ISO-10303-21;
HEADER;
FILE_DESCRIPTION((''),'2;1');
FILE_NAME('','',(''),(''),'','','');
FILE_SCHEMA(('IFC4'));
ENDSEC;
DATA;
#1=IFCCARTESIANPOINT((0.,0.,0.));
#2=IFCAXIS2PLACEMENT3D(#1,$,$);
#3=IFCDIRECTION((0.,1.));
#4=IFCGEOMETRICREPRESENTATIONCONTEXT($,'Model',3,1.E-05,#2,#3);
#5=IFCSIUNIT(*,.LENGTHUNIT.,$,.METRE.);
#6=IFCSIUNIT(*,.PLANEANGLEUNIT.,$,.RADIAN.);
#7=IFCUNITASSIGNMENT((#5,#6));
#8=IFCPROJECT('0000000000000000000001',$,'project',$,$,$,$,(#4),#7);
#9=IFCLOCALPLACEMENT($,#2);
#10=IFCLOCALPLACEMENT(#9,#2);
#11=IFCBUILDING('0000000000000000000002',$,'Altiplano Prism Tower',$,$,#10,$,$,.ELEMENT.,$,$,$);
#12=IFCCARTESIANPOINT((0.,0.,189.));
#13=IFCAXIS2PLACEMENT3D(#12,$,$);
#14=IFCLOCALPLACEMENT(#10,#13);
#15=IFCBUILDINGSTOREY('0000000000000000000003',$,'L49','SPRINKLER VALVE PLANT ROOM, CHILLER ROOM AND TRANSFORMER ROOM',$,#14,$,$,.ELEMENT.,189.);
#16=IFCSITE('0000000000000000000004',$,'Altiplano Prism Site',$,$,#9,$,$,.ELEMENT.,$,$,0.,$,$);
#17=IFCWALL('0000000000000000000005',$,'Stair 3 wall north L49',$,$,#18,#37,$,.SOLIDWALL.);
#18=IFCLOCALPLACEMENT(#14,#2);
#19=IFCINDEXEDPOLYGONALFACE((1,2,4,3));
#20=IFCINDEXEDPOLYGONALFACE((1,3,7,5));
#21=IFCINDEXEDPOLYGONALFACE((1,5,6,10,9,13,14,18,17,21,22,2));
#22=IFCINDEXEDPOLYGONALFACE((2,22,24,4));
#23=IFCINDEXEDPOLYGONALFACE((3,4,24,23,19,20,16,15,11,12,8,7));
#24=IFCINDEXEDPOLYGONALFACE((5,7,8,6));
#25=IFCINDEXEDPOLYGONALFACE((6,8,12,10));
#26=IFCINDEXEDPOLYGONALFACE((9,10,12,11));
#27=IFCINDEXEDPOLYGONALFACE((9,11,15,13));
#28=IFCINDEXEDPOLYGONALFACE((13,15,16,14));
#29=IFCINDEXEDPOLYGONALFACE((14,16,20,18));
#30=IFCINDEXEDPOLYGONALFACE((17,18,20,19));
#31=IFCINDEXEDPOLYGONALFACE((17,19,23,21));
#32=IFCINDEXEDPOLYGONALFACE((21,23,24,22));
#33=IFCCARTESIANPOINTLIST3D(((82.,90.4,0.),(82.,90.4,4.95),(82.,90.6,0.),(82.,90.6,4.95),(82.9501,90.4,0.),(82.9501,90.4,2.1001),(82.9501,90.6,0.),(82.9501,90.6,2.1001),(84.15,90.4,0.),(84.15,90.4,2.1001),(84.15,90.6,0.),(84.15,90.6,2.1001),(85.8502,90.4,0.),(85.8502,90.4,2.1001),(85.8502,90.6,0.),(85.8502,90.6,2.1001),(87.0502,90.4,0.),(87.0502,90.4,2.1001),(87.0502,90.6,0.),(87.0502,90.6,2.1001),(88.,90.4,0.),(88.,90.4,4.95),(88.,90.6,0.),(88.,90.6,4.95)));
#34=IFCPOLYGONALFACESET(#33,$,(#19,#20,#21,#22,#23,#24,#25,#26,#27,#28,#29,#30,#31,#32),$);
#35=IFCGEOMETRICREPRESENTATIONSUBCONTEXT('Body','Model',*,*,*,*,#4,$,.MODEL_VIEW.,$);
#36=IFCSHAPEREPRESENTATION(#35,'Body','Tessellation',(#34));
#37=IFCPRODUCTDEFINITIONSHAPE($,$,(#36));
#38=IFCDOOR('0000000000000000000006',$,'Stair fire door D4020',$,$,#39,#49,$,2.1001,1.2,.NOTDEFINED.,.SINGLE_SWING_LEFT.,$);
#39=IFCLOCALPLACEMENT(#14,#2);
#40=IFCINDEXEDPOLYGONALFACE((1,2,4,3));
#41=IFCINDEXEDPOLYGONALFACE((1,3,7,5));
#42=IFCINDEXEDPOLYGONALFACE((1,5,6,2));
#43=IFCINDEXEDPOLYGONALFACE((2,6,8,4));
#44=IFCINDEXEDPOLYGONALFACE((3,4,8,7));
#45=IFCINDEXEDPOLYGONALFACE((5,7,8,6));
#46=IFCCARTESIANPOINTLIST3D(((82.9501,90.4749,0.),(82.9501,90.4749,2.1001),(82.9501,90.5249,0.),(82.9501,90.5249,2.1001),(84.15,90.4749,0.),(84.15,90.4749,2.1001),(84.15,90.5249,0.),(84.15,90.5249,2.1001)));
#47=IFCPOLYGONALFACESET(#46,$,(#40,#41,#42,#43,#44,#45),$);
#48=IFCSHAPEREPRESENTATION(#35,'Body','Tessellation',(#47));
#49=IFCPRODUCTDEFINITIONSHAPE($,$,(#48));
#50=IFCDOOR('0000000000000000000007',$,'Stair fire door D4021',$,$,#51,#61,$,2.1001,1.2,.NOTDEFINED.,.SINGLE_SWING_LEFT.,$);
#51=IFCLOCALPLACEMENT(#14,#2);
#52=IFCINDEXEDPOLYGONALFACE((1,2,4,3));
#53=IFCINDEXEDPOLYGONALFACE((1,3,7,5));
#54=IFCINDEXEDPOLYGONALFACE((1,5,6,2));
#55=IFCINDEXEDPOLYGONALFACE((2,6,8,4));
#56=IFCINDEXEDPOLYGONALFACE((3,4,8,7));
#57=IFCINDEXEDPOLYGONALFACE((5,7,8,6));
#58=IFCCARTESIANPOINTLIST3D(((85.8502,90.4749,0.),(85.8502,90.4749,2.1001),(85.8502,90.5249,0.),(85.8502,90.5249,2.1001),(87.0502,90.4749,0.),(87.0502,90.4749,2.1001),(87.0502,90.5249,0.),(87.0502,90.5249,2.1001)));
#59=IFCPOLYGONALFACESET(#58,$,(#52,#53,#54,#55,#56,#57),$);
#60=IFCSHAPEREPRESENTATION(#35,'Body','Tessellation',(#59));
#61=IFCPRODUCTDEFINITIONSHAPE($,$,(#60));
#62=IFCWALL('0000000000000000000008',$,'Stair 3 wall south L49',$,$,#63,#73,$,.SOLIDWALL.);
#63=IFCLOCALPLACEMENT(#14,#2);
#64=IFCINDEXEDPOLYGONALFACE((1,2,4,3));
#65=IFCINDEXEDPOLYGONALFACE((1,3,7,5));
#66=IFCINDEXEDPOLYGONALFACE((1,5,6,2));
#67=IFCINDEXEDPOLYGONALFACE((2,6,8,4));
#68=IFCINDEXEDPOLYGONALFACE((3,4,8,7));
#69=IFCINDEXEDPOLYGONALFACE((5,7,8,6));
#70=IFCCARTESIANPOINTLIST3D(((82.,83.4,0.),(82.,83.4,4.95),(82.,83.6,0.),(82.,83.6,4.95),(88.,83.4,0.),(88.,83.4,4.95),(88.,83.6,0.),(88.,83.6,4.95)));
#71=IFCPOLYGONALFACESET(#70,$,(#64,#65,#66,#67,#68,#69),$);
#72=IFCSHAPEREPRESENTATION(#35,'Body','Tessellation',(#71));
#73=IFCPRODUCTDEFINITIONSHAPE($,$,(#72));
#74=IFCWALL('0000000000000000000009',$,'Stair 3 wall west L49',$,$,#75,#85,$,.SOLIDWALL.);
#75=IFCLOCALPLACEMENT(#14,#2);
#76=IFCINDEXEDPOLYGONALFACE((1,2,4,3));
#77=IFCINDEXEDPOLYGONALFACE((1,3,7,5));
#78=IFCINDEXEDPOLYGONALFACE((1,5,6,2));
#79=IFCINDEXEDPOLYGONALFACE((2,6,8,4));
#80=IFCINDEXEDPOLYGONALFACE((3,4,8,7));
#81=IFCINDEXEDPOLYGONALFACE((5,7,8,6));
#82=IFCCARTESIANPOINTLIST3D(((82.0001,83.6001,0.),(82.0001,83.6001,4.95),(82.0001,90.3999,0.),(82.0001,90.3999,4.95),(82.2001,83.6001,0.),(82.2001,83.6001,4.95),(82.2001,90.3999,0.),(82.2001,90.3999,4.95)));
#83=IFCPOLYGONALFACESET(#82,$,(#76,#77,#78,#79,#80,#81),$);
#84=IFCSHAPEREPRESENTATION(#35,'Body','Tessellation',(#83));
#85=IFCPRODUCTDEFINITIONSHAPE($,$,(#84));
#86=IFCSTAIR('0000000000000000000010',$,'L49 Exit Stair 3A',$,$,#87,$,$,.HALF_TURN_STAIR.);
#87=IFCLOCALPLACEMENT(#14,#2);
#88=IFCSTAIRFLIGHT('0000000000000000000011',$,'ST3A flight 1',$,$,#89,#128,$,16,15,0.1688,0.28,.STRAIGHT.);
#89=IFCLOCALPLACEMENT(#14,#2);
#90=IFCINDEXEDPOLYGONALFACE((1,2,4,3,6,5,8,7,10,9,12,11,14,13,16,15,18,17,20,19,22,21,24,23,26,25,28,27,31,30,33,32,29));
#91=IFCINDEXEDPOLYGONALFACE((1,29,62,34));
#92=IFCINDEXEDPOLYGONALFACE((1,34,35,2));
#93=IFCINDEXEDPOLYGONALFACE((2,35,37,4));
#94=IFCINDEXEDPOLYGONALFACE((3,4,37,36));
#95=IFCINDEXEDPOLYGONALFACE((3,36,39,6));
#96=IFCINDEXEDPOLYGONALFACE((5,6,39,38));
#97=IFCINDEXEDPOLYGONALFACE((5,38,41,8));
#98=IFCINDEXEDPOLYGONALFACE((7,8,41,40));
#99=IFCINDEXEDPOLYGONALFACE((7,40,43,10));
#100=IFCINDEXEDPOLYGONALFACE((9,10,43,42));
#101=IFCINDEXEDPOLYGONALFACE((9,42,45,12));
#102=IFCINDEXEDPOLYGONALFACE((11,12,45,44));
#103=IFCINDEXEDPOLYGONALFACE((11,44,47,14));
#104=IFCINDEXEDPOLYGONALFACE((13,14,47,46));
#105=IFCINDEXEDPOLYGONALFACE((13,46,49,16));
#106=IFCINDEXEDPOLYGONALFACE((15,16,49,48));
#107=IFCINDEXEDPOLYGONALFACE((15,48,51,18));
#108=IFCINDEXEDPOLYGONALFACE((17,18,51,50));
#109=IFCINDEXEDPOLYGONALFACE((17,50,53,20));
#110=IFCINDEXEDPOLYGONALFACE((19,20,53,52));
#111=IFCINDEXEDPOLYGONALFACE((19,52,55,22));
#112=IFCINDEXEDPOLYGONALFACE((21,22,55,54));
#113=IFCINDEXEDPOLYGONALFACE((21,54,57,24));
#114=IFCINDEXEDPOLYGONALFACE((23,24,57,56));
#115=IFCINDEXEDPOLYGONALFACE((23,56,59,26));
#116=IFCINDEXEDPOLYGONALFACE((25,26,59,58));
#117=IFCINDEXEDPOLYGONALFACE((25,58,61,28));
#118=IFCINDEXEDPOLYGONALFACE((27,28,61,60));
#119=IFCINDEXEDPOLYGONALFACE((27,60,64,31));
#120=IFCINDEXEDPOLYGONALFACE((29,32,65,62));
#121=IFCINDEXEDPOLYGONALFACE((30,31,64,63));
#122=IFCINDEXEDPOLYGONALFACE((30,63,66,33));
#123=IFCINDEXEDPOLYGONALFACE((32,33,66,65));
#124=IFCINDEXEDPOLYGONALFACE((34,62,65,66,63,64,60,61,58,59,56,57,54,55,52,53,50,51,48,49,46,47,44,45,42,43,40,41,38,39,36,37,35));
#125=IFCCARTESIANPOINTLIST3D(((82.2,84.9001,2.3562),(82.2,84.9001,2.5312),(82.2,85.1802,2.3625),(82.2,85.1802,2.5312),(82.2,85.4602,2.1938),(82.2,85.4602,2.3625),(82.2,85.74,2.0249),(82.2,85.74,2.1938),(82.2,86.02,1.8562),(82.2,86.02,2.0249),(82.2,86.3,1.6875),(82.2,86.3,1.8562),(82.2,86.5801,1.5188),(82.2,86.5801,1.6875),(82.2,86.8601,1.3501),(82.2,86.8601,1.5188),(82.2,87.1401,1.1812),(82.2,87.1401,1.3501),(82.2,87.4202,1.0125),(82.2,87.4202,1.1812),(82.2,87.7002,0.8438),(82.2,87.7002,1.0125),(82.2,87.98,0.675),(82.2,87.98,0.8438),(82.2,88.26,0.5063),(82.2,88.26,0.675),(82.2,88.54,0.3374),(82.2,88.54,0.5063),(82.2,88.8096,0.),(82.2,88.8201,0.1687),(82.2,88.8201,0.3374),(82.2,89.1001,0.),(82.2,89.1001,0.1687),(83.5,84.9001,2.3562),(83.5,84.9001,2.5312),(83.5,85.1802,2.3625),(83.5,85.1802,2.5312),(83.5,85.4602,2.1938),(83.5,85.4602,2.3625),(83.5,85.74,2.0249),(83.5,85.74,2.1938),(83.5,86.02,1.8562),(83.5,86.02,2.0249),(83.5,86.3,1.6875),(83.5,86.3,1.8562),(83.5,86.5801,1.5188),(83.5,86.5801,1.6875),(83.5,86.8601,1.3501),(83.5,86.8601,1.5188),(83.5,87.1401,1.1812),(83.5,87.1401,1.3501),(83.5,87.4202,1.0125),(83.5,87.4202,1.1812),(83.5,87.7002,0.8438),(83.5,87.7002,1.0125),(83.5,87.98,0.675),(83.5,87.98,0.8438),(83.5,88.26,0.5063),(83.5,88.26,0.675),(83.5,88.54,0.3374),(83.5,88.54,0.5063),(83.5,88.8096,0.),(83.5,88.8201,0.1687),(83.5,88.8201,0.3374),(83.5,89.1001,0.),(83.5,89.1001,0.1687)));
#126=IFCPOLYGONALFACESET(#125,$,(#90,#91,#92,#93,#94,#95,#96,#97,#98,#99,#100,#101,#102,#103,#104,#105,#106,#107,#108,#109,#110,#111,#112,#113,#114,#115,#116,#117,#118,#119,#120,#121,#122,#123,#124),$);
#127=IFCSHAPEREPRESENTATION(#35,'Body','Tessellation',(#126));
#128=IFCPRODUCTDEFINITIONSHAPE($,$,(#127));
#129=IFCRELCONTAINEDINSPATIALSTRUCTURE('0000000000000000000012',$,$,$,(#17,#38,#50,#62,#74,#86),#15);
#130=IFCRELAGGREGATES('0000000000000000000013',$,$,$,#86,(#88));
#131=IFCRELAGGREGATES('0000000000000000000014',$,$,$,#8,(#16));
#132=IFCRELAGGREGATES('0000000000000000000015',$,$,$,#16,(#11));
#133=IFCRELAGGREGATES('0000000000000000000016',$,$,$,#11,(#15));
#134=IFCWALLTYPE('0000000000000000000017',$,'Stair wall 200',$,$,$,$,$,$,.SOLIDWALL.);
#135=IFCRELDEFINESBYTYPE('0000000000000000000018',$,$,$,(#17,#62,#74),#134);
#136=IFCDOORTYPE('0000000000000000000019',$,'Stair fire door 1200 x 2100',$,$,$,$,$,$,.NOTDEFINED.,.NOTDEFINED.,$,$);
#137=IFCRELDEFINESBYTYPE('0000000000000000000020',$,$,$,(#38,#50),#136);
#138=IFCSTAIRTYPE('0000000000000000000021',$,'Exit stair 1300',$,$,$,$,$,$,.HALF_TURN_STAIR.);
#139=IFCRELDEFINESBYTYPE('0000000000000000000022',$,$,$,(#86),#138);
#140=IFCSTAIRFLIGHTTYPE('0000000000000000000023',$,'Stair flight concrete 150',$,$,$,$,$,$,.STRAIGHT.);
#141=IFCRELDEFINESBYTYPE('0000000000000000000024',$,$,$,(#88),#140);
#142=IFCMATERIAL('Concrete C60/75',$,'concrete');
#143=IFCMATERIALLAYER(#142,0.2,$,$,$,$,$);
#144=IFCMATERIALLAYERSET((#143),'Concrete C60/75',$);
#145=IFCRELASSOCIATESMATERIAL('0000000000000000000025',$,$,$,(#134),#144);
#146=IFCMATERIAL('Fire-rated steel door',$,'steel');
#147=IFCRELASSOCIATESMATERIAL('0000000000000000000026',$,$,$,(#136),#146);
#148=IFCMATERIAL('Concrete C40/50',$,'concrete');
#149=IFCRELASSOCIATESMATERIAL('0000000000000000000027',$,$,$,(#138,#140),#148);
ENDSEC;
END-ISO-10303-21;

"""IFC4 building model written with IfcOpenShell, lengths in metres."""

from ifc_helpers import new_model, si_unit, direction, frame, frame_2d, origin, place, context, subcontext, project, spatial, polyline, rectangle, outline, extrude, material, layer, layer_set, type_object, element, fill, aggregate, save


model = new_model("IFC4")

# Units and contexts
model_context = context("Model", 3, precision=1e-05, world=origin(), true_north=direction((0.0, 1.0)))
body_context = subcontext(model_context, "Body", "Model", "MODEL_VIEW")
ifc_project = project(units=[si_unit("LENGTHUNIT", "METRE"), si_unit("PLANEANGLEUNIT", "RADIAN")], contexts=[model_context])

# Site, building, storey
site_placement = place(None, origin())
site = spatial("IfcSite", under=ifc_project, at=site_placement, Name="Altiplano Prism Site", CompositionType="ELEMENT", RefElevation=0.0)
building_placement = place(site_placement, origin())
building = spatial("IfcBuilding", under=site, at=building_placement, Name="Altiplano Prism Tower", CompositionType="ELEMENT")
storey_placement = place(building_placement, frame((0.0, 0.0, 189.0)))
storey = spatial("IfcBuildingStorey", under=building, at=storey_placement, Name="L49", Description="SPRINKLER VALVE PLANT ROOM, CHILLER ROOM AND TRANSFORMER ROOM", CompositionType="ELEMENT", Elevation=189.0)

# Shared definitions
ifc_material_1 = material(Name="Concrete C60/75", Category="concrete")

# Wall, openings, doors
ifc_layer_1 = layer(ifc_material_1, 0.2)
ifc_layer_set_1 = layer_set([ifc_layer_1], Name="Concrete C60/75")
wall_type_1 = type_object("IfcWallType", Name="Stair wall 200", PredefinedType="SOLIDWALL", material=ifc_layer_set_1)
wall_1_placement = place(storey_placement, frame((82.0, 90.5, 0.0), z_axis=(0.0, 0.0, 1.0), x_axis=(1.0, 0.0, 0.0)))
wall_1 = element("IfcWall", 1, at=wall_1_placement, inside=storey, type_object=wall_type_1, Name="Stair 3 wall north L49", PredefinedType="SOLIDWALL", context=body_context, shape_type="SweptSolid", body=[
    extrude(rectangle(XDim=6.0, YDim=0.2, at=frame_2d((3.0, 0.0))), origin(), (0.0, 0.0, 1.0), 4.95),
])
opening_1_placement = place(wall_1_placement, frame((0.95, 0.0, 0.0)))
opening_1 = element("IfcOpeningElement", 2, at=opening_1_placement, cuts=wall_1, PredefinedType="OPENING", context=body_context, shape_type="SweptSolid", body=[
    extrude(rectangle(XDim=1.2, YDim=2.1001, at=frame_2d((0.6001, 1.05))), frame((0.0, 0.1104, 0.0), z_axis=(0.0, -1.0, 0.0), x_axis=(1.0, 0.0, 0.0)), (0.0, 0.0, 1.0), 0.2209),
])
opening_2_placement = place(wall_1_placement, frame((3.8501, 0.0, 0.0)))
opening_2 = element("IfcOpeningElement", 3, at=opening_2_placement, cuts=wall_1, PredefinedType="OPENING", context=body_context, shape_type="SweptSolid", body=[
    extrude(rectangle(XDim=1.2, YDim=2.1001, at=frame_2d((0.6001, 1.05))), frame((0.0, 0.1104, 0.0), z_axis=(0.0, -1.0, 0.0), x_axis=(1.0, 0.0, 0.0)), (0.0, 0.0, 1.0), 0.2209),
])
ifc_material_2 = material(Name="Fire-rated steel door", Category="steel")
door_type = type_object("IfcDoorType", Name="Stair fire door 1200 x 2100", OperationType="NOTDEFINED", PredefinedType="NOTDEFINED", material=ifc_material_2)
door_1_placement = place(opening_1_placement, origin())
door_1 = element("IfcDoor", 4, at=door_1_placement, inside=storey, type_object=door_type, Name="Stair fire door D4020", OperationType="SINGLE_SWING_LEFT", OverallHeight=2.1001, OverallWidth=1.2, PredefinedType="NOTDEFINED", context=body_context, shape_type="SweptSolid", body=[
    extrude(rectangle(XDim=1.2, YDim=2.1001, at=frame_2d((0.6001, 1.05))), frame((0.0, 0.0249, 0.0), z_axis=(0.0, -1.0, 0.0), x_axis=(1.0, 0.0, 0.0)), (0.0, 0.0, 1.0), 0.05),
])
fill(opening_1, door_1)
door_2_placement = place(opening_2_placement, origin())
door_2 = element("IfcDoor", 5, at=door_2_placement, inside=storey, type_object=door_type, Name="Stair fire door D4021", OperationType="SINGLE_SWING_LEFT", OverallHeight=2.1001, OverallWidth=1.2, PredefinedType="NOTDEFINED", context=body_context, shape_type="SweptSolid", body=[
    extrude(rectangle(XDim=1.2, YDim=2.1001, at=frame_2d((0.6001, 1.05))), frame((0.0, 0.0249, 0.0), z_axis=(0.0, -1.0, 0.0), x_axis=(1.0, 0.0, 0.0)), (0.0, 0.0, 1.0), 0.05),
])
fill(opening_2, door_2)

# Walls
wall_2_placement = place(storey_placement, frame((82.0, 83.5, 0.0), z_axis=(0.0, 0.0, 1.0), x_axis=(1.0, 0.0, 0.0)))
element("IfcWall", 6, at=wall_2_placement, inside=storey, type_object=wall_type_1, Name="Stair 3 wall south L49", PredefinedType="SOLIDWALL", context=body_context, shape_type="SweptSolid", body=[
    extrude(rectangle(XDim=6.0, YDim=0.2, at=frame_2d((3.0, 0.0))), origin(), (0.0, 0.0, 1.0), 4.95),
])
wall_3_placement = place(storey_placement, frame((82.1001, 83.6001, 0.0), z_axis=(0.0, 0.0, 1.0), x_axis=(0.0, 1.0, 0.0)))
element("IfcWall", 7, at=wall_3_placement, inside=storey, type_object=wall_type_1, Name="Stair 3 wall west L49", PredefinedType="SOLIDWALL", context=body_context, shape_type="SweptSolid", body=[
    extrude(rectangle(XDim=6.7998, YDim=0.2, at=frame_2d((3.3999, 0.0))), origin(), (0.0, 0.0, 1.0), 4.95),
])

# Stair, stair flight
ifc_material_3 = material(Name="Concrete C40/50", Category="concrete")
stair_type = type_object("IfcStairType", Name="Exit stair 1300", PredefinedType="HALF_TURN_STAIR", material=ifc_material_3)
stair_placement = place(storey_placement, origin())
stair = element("IfcStair", 8, at=stair_placement, inside=storey, type_object=stair_type, Name="L49 Exit Stair 3A", PredefinedType="HALF_TURN_STAIR")
stair_flight_type = type_object("IfcStairFlightType", Name="Stair flight concrete 150", PredefinedType="STRAIGHT", material=ifc_material_3)
stair_flight_placement = place(storey_placement, frame((82.8501, 89.1001, 0.0), z_axis=(0.0, 0.0, 1.0), x_axis=(0.0, -1.0, 0.0)))
stair_flight = element("IfcStairFlight", 9, at=stair_flight_placement, type_object=stair_flight_type, Name="ST3A flight 1", NumberOfRisers=16, NumberOfTreads=15, PredefinedType="STRAIGHT", RiserHeight=0.1688, TreadLength=0.28, context=body_context, shape_type="SweptSolid", body=[
    extrude(outline(polyline([(0.0, 0.0), (0.0, 0.1687), (0.28, 0.1687), (0.28, 0.3374), (0.5601, 0.3374), (0.5601, 0.5063), (0.8401, 0.5063), (0.8401, 0.675), (1.1201, 0.675), (1.1201, 0.8438), (1.3999, 0.8438), (1.3999, 1.0125), (1.6799, 1.0125), (1.6799, 1.1812), (1.96, 1.1812), (1.96, 1.3501), (2.24, 1.3501), (2.24, 1.5188), (2.52, 1.5188), (2.52, 1.6875), (2.8, 1.6875), (2.8, 1.8562), (3.0801, 1.8562), (3.0801, 2.0249), (3.3601, 2.0249), (3.3601, 2.1938), (3.6399, 2.1938), (3.6399, 2.3625), (3.9199, 2.3625), (3.9199, 2.5312), (4.2, 2.5312), (4.2, 2.7), (4.2, 2.3562), (0.2905, 0.0), (0.0, 0.0)])), frame((0.0, 0.6499, 0.0), z_axis=(0.0, -1.0, 0.0), x_axis=(1.0, 0.0, 0.0)), (0.0, 0.0, 1.0), 1.3),
])
aggregate(stair, [stair_flight])

save(model, "model.ifc")
